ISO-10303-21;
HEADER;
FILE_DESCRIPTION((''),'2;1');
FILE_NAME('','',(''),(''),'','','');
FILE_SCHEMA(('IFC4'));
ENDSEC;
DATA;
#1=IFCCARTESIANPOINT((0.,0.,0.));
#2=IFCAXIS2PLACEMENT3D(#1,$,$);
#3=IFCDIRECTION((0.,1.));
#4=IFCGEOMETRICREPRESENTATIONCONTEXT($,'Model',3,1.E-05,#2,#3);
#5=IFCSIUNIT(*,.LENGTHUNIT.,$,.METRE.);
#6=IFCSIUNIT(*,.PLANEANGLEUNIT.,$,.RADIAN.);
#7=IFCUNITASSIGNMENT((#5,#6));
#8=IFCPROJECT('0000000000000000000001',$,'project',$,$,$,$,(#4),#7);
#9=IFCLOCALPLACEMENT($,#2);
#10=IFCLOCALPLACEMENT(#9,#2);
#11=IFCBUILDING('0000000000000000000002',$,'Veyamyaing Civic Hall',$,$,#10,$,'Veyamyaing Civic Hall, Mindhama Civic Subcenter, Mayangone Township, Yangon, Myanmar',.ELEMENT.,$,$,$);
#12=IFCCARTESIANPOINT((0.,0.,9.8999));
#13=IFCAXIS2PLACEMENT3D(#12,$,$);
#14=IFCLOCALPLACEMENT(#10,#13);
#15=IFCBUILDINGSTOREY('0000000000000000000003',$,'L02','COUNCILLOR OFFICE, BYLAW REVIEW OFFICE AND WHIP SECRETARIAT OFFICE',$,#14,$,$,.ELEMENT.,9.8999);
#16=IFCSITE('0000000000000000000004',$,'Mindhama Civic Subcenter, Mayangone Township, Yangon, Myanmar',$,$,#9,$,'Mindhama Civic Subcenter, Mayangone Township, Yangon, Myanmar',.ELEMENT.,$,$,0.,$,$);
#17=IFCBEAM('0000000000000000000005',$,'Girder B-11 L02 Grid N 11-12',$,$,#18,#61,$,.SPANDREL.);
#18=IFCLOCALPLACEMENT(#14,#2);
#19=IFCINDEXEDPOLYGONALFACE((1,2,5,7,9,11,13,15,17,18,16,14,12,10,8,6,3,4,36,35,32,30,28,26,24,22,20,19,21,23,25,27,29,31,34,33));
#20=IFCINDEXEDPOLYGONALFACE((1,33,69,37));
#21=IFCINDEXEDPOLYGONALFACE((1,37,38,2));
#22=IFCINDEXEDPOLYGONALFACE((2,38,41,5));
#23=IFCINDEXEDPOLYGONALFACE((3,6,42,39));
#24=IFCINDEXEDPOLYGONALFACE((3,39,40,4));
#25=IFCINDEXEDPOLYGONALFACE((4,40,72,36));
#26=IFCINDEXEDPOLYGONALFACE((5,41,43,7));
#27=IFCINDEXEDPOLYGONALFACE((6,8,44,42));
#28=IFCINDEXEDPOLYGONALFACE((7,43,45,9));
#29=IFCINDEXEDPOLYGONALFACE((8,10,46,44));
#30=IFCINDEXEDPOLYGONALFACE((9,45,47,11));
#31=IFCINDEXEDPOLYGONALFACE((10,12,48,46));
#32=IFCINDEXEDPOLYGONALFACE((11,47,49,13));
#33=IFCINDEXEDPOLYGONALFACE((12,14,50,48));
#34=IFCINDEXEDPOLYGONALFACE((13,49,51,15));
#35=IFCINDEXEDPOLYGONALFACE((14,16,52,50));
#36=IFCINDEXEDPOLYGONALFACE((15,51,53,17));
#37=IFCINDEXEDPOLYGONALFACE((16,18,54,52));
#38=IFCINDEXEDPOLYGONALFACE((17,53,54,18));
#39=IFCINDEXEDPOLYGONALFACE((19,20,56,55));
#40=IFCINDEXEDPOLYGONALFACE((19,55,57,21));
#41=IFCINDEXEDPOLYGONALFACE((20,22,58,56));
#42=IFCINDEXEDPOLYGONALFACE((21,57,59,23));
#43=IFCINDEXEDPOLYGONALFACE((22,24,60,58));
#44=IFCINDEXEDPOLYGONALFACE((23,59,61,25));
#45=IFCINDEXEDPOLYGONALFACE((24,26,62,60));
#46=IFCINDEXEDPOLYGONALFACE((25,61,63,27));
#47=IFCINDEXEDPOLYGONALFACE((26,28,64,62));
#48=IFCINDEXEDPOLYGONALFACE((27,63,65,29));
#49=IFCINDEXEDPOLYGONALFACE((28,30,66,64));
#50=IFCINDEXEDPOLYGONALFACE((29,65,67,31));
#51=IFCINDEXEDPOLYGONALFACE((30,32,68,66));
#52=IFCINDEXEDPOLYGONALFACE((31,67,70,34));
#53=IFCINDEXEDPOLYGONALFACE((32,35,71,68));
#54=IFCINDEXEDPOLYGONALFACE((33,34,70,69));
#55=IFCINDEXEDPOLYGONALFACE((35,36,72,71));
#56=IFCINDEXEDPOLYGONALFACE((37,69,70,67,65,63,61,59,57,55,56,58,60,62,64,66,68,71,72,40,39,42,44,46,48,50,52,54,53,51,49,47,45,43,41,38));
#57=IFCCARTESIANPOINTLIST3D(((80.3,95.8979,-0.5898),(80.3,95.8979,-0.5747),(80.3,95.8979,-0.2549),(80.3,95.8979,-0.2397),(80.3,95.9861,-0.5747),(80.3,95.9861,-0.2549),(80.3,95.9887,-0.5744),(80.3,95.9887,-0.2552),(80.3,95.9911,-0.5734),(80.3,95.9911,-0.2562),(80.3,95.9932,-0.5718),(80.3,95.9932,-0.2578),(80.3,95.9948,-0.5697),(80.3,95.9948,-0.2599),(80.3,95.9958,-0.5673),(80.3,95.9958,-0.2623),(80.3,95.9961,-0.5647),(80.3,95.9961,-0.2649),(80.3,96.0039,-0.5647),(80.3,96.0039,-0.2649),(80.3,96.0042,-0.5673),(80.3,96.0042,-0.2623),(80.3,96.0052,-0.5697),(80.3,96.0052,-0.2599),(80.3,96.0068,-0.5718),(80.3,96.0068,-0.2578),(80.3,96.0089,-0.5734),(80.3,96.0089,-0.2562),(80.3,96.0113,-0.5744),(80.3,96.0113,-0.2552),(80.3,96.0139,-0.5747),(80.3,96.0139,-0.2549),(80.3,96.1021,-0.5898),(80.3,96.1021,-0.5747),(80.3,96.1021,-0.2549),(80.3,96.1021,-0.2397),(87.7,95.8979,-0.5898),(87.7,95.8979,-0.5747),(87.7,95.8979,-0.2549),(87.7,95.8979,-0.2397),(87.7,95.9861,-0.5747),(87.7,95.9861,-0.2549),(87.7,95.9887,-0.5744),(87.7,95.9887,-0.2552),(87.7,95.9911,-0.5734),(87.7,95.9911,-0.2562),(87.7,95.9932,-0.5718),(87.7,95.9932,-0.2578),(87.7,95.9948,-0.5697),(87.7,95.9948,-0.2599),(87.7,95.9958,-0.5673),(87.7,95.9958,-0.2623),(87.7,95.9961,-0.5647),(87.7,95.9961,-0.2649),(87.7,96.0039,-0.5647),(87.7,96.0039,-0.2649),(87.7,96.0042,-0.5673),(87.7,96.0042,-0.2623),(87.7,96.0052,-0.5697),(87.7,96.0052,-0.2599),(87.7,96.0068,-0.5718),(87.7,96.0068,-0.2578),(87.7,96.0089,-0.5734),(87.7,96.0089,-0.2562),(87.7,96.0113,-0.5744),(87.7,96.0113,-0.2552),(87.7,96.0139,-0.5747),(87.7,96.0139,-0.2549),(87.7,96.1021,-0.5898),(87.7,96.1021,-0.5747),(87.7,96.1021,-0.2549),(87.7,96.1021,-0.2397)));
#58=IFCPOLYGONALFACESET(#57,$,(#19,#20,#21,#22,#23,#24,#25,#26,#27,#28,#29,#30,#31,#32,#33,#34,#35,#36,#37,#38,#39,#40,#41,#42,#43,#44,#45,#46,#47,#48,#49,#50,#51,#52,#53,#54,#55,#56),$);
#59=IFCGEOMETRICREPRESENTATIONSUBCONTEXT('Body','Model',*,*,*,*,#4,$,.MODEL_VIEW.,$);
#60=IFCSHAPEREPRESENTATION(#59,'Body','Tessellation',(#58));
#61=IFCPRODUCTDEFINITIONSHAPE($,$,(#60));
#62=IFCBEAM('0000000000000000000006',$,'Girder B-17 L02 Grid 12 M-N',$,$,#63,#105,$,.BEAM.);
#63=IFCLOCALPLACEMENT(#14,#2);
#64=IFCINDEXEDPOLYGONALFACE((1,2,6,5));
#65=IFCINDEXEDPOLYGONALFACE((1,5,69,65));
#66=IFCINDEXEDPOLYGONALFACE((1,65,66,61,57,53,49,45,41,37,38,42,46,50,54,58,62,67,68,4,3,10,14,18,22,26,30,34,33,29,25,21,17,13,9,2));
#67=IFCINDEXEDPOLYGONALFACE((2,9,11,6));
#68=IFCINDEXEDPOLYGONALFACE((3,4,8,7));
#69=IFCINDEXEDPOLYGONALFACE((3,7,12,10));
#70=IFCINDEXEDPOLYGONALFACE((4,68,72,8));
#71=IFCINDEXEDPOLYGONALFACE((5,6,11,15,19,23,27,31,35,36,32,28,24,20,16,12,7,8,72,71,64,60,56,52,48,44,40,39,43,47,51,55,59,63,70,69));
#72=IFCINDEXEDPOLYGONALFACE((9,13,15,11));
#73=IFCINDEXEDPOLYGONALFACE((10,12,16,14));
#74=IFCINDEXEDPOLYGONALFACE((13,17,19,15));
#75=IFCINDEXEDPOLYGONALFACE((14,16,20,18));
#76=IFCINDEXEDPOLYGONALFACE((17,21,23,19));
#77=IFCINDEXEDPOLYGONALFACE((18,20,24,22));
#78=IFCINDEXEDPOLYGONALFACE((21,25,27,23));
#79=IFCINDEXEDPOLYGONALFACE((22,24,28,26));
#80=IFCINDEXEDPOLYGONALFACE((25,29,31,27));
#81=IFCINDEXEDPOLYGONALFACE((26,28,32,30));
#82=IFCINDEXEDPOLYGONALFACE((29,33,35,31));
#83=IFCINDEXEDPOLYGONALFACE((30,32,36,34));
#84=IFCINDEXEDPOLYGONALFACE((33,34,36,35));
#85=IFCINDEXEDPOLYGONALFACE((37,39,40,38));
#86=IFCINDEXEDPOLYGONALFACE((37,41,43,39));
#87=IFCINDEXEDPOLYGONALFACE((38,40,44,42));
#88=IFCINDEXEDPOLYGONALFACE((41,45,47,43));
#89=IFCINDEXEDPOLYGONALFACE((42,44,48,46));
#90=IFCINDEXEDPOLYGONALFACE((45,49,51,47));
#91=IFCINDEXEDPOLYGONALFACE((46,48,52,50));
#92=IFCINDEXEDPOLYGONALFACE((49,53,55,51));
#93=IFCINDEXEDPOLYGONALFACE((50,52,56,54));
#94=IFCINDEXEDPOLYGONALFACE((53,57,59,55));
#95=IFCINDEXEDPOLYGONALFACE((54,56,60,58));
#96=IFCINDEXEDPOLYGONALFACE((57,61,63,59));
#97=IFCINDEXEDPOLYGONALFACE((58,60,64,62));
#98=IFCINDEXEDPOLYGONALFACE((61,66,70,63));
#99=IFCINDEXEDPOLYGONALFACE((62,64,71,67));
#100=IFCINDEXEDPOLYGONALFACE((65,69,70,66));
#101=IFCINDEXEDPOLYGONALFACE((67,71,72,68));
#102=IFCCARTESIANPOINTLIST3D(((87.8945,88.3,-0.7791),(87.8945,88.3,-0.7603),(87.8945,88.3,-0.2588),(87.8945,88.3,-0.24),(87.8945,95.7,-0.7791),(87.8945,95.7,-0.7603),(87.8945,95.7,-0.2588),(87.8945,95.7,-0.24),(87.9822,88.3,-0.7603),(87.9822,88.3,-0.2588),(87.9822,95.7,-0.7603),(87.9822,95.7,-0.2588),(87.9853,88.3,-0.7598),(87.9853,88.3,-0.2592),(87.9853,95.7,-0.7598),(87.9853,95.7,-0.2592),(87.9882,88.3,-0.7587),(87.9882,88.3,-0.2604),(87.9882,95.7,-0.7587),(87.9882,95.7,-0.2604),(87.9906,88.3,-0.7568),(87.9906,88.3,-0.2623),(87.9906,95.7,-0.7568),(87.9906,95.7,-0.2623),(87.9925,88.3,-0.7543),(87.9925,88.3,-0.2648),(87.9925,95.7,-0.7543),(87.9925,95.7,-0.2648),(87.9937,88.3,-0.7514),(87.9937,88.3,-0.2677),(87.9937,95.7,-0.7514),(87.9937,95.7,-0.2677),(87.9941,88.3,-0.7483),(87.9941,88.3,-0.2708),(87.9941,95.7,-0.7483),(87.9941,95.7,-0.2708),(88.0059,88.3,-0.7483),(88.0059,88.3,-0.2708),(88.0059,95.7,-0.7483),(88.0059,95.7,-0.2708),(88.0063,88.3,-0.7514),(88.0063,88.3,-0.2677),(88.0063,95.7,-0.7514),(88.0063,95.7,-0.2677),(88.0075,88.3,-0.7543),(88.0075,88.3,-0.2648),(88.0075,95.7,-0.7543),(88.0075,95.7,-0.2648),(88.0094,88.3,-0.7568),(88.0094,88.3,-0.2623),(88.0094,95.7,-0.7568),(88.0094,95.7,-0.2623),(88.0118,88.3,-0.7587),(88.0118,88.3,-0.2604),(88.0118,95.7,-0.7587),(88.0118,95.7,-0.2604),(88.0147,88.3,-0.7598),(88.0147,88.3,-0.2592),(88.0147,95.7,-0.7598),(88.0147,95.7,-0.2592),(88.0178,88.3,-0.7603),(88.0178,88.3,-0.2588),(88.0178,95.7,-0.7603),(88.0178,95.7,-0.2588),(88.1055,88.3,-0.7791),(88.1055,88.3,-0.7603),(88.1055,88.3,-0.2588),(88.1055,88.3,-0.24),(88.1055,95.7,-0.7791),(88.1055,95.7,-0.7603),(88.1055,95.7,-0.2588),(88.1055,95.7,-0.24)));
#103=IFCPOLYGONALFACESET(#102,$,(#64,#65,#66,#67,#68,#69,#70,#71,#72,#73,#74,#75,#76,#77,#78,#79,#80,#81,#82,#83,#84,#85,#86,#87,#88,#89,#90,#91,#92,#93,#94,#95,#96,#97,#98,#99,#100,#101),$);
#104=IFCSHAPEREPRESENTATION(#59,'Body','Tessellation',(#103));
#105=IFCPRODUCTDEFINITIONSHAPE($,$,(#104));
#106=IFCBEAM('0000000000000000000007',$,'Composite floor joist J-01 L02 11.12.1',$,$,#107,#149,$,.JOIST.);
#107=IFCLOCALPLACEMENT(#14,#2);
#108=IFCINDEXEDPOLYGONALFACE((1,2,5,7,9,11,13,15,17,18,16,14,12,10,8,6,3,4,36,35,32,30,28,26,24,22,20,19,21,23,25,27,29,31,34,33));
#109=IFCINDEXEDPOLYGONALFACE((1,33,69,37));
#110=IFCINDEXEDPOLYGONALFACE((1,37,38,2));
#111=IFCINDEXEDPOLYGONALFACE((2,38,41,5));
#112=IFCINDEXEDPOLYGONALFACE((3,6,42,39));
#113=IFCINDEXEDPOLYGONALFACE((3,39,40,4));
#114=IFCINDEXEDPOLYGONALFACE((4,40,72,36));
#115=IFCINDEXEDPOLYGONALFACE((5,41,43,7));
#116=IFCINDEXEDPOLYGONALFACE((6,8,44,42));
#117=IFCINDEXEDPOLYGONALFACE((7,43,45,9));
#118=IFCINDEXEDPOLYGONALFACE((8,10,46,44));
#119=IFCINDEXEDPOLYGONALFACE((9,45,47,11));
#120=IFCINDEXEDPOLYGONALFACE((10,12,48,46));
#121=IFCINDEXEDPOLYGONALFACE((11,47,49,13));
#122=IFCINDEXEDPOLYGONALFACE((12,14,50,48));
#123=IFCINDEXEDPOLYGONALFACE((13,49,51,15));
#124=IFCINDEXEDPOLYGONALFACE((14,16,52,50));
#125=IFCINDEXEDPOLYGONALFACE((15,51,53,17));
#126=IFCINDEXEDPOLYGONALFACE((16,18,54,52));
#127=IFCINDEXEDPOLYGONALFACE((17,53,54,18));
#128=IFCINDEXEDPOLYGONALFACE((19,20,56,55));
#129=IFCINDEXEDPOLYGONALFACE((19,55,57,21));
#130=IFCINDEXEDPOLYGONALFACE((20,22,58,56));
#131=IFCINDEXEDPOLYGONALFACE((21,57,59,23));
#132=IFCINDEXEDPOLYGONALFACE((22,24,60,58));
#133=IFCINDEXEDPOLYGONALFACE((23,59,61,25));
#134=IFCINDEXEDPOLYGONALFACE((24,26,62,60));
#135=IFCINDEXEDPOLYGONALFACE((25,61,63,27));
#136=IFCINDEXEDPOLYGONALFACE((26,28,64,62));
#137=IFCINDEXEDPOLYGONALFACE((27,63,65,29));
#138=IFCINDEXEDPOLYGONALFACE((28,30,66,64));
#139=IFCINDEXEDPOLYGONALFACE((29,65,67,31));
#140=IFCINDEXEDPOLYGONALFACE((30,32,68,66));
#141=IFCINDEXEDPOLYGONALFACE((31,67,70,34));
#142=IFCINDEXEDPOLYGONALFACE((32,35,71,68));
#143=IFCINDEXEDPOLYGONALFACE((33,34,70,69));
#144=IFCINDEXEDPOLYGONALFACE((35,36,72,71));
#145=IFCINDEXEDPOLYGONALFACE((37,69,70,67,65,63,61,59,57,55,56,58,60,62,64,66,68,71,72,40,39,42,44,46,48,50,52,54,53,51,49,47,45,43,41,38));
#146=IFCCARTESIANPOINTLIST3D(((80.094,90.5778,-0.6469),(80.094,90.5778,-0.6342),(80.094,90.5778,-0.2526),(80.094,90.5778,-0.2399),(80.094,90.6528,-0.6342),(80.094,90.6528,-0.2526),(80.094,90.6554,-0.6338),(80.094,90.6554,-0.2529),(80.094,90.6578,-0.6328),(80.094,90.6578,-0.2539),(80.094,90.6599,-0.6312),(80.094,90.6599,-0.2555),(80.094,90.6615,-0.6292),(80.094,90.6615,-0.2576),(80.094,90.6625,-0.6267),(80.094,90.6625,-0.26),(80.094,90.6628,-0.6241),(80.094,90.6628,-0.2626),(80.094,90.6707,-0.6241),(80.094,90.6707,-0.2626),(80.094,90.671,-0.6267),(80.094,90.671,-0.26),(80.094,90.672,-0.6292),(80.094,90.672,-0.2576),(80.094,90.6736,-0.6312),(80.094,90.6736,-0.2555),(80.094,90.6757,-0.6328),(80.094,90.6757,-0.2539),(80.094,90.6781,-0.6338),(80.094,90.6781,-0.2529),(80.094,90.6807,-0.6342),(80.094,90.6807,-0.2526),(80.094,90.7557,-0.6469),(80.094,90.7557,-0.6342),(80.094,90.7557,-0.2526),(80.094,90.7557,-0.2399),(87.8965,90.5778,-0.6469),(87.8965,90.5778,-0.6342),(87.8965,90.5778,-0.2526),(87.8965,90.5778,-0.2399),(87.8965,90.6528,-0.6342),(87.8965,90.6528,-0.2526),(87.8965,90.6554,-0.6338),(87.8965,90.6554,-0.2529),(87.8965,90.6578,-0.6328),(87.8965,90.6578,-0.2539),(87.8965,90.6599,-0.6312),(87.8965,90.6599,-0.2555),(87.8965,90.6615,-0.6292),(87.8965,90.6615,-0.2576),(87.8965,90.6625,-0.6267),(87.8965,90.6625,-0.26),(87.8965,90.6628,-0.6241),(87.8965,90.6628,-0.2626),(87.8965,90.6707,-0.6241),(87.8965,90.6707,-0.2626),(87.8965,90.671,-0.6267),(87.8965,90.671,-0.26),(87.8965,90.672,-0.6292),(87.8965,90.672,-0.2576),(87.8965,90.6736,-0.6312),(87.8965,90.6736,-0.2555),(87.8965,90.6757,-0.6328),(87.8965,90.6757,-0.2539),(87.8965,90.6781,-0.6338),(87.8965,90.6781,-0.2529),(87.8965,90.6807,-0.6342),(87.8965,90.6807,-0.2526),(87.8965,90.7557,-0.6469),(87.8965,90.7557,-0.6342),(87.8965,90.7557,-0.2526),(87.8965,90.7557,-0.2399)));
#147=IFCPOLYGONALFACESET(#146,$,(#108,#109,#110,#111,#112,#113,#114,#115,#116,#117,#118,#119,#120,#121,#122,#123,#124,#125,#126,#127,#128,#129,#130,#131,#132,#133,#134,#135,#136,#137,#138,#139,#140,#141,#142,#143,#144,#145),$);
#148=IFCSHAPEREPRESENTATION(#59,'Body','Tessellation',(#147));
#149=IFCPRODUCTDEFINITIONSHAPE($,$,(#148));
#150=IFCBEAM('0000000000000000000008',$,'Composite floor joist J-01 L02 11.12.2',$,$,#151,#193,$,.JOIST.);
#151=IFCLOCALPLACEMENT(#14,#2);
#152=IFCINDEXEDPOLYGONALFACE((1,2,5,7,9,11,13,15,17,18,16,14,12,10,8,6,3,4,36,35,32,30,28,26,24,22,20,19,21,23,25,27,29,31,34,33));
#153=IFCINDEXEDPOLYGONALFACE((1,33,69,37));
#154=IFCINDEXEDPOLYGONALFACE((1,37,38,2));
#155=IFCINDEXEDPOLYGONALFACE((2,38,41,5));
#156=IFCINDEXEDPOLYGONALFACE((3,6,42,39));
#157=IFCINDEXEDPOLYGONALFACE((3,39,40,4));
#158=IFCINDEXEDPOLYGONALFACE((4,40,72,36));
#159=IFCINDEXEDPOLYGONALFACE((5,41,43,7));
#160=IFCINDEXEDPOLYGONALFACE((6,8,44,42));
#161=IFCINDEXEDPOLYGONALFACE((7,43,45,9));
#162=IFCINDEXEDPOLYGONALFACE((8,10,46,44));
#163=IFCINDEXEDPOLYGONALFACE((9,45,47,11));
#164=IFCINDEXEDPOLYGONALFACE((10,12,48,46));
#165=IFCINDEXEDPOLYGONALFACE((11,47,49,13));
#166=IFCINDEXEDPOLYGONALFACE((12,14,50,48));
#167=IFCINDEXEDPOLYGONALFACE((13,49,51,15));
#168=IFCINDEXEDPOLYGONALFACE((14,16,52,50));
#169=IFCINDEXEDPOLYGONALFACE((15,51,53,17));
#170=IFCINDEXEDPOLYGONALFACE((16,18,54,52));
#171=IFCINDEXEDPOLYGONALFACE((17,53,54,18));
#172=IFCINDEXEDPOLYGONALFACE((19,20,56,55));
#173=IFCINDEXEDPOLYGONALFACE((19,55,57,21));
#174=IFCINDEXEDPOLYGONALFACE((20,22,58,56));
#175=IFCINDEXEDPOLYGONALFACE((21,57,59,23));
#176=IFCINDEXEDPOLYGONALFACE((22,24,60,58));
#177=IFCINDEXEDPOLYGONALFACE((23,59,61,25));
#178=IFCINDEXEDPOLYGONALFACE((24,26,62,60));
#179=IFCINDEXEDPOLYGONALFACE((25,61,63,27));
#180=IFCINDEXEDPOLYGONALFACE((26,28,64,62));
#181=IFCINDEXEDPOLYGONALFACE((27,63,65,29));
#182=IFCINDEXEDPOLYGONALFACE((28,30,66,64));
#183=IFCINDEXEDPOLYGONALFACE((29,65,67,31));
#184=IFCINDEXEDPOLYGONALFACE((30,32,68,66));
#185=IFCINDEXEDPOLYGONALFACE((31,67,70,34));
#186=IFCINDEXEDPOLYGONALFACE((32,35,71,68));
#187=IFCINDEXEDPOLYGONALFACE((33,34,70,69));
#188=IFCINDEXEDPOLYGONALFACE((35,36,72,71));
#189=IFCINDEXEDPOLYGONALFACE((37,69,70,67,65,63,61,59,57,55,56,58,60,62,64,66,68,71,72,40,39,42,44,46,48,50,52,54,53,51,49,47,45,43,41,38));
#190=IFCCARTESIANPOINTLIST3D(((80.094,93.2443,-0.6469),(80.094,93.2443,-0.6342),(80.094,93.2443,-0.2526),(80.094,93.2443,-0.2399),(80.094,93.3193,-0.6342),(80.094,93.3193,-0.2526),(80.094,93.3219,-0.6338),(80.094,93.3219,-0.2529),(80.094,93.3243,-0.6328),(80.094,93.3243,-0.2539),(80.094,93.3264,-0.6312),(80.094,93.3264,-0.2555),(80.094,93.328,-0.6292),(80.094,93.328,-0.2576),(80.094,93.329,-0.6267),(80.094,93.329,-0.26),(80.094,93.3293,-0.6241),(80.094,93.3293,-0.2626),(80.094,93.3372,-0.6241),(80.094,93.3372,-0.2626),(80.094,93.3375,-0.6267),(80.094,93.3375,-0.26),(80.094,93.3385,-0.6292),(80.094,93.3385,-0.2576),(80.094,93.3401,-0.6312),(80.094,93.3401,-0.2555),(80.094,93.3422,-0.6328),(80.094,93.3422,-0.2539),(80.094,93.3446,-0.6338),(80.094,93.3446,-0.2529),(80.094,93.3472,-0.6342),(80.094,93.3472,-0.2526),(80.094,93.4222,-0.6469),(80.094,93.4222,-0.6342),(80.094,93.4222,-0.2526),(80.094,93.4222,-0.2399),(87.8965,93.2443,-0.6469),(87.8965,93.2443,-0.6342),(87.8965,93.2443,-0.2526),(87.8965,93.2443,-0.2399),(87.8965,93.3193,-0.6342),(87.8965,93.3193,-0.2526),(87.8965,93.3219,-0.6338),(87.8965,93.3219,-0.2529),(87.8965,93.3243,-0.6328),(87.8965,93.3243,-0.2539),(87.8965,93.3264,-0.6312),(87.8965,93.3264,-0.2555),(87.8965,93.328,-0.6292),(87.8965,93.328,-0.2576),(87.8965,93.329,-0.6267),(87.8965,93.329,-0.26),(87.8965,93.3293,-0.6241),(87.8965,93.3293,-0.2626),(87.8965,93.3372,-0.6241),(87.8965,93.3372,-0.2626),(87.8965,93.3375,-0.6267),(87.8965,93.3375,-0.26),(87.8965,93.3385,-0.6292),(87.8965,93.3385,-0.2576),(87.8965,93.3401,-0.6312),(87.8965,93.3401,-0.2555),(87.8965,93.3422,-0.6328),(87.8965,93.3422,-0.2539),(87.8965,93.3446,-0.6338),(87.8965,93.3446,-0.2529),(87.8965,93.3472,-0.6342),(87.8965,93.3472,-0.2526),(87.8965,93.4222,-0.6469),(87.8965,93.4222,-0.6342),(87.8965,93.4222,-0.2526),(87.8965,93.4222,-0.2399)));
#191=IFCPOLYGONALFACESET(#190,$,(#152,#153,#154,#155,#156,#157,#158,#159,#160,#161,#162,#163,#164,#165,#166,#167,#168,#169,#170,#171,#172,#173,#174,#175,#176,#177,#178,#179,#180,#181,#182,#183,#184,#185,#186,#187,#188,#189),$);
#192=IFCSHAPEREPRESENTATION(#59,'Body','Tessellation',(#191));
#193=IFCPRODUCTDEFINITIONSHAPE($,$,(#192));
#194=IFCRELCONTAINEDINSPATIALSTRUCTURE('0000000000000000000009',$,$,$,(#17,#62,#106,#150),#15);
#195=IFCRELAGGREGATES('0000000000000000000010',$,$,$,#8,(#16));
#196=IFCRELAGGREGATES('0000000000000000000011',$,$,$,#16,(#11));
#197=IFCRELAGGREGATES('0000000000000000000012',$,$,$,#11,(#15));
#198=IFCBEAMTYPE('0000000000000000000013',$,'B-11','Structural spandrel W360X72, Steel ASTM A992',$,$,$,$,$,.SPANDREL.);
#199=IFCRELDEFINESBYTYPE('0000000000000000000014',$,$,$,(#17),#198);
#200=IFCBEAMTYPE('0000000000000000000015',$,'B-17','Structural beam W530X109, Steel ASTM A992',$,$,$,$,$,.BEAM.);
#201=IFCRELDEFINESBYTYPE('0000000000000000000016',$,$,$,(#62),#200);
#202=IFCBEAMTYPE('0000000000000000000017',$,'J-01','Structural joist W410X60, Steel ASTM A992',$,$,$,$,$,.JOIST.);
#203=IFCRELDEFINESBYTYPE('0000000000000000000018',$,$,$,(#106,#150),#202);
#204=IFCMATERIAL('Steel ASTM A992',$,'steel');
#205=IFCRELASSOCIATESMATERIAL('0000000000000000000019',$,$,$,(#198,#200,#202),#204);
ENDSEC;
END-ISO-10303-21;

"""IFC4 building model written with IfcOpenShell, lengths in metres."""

from ifc_helpers import new_model, si_unit, direction, frame, origin, origin_2d, place, context, subcontext, project, spatial, i_section, extrude, material, material_profile, profile_set, type_object, element, save


model = new_model("IFC4")

# Units and contexts
model_context = context("Model", 3, precision=1e-05, world=origin(), true_north=direction((0.0, 1.0)))
body_context = subcontext(model_context, "Body", "Model", "MODEL_VIEW")
ifc_project = project(units=[si_unit("LENGTHUNIT", "METRE"), si_unit("PLANEANGLEUNIT", "RADIAN")], contexts=[model_context])

# Site, building, storey
site_placement = place(None, origin())
site = spatial("IfcSite", under=ifc_project, at=site_placement, Name="Mindhama Civic Subcenter, Mayangone Township, Yangon, Myanmar", LongName="Mindhama Civic Subcenter, Mayangone Township, Yangon, Myanmar", CompositionType="ELEMENT", RefElevation=0.0)
building_placement = place(site_placement, origin())
building = spatial("IfcBuilding", under=site, at=building_placement, Name="Veyamyaing Civic Hall", LongName="Veyamyaing Civic Hall, Mindhama Civic Subcenter, Mayangone Township, Yangon, Myanmar", CompositionType="ELEMENT")
storey_placement = place(building_placement, frame((0.0, 0.0, 9.8999)))
storey = spatial("IfcBuildingStorey", under=building, at=storey_placement, Name="L02", Description="COUNCILLOR OFFICE, BYLAW REVIEW OFFICE AND WHIP SECRETARIAT OFFICE", CompositionType="ELEMENT", Elevation=9.8999)

# Beams
ifc_material_1 = material(Name="Steel ASTM A992", Category="steel")
ifc_material_profile_1 = material_profile(ifc_material_1, i_section(OverallWidth=0.2041, OverallDepth=0.3501, WebThickness=0.0078, FlangeThickness=0.0151, FilletRadius=0.01, at=origin_2d()), Name="W360X72")
ifc_profile_set_1 = profile_set([ifc_material_profile_1], Name="Steel ASTM A992")
beam_type_1 = type_object("IfcBeamType", Name="B-11", Description="Structural spandrel W360X72, Steel ASTM A992", PredefinedType="SPANDREL", material=ifc_profile_set_1)
beam_1_placement = place(storey_placement, frame((80.3, 96.0, -0.4148), z_axis=(1.0, 0.0, 0.0), x_axis=(0.0, 1.0, 0.0)))
element("IfcBeam", 1, at=beam_1_placement, inside=storey, type_object=beam_type_1, Name="Girder B-11 L02 Grid N 11-12", PredefinedType="SPANDREL", context=body_context, shape_type="SweptSolid", body=[
    extrude(i_section(OverallWidth=0.2041, OverallDepth=0.3501, WebThickness=0.0078, FlangeThickness=0.0151, FilletRadius=0.01, at=origin_2d()), origin(), (0.0, 0.0, 1.0), 7.3999),
])
ifc_material_profile_2 = material_profile(ifc_material_1, i_section(OverallWidth=0.2109, OverallDepth=0.5391, WebThickness=0.0117, FlangeThickness=0.0188, FilletRadius=0.012, at=origin_2d()), Name="W530X109")
ifc_profile_set_2 = profile_set([ifc_material_profile_2], Name="Steel ASTM A992")
beam_type_2 = type_object("IfcBeamType", Name="B-17", Description="Structural beam W530X109, Steel ASTM A992", PredefinedType="BEAM", material=ifc_profile_set_2)
beam_2_placement = place(storey_placement, frame((88.0, 88.3, -0.5095), z_axis=(0.0, 1.0, 0.0), x_axis=(-1.0, 0.0, 0.0)))
element("IfcBeam", 2, at=beam_2_placement, inside=storey, type_object=beam_type_2, Name="Girder B-17 L02 Grid 12 M-N", PredefinedType="BEAM", context=body_context, shape_type="SweptSolid", body=[
    extrude(i_section(OverallWidth=0.2109, OverallDepth=0.5391, WebThickness=0.0117, FlangeThickness=0.0188, FilletRadius=0.012, at=origin_2d()), origin(), (0.0, 0.0, 1.0), 7.3999),
])
ifc_material_profile_3 = material_profile(ifc_material_1, i_section(OverallWidth=0.178, OverallDepth=0.407, WebThickness=0.0078, FlangeThickness=0.0127, FilletRadius=0.01, at=origin_2d()), Name="W410X60")
ifc_profile_set_3 = profile_set([ifc_material_profile_3], Name="Steel ASTM A992")
beam_type_3 = type_object("IfcBeamType", Name="J-01", Description="Structural joist W410X60, Steel ASTM A992", PredefinedType="JOIST", material=ifc_profile_set_3)
for number, where, z_axis, x_axis, name in (
    (3, (80.094, 90.6667, -0.4434), (1.0, 0.0, 0.0), (0.0, 1.0, 0.0), "Composite floor joist J-01 L02 11.12.1"),
    (4, (80.094, 93.3333, -0.4434), (1.0, 0.0, 0.0), (0.0, 1.0, 0.0), "Composite floor joist J-01 L02 11.12.2"),
):
    element("IfcBeam", number, at=place(storey_placement, frame(where, z_axis=z_axis, x_axis=x_axis)), inside=storey, type_object=beam_type_3, Name=name, PredefinedType="JOIST", context=body_context, shape_type="SweptSolid", body=[
        extrude(i_section(OverallWidth=0.178, OverallDepth=0.407, WebThickness=0.0078, FlangeThickness=0.0127, FilletRadius=0.01, at=origin_2d()), origin(), (0.0, 0.0, 1.0), 7.8025),
    ])

save(model, "model.ifc")
